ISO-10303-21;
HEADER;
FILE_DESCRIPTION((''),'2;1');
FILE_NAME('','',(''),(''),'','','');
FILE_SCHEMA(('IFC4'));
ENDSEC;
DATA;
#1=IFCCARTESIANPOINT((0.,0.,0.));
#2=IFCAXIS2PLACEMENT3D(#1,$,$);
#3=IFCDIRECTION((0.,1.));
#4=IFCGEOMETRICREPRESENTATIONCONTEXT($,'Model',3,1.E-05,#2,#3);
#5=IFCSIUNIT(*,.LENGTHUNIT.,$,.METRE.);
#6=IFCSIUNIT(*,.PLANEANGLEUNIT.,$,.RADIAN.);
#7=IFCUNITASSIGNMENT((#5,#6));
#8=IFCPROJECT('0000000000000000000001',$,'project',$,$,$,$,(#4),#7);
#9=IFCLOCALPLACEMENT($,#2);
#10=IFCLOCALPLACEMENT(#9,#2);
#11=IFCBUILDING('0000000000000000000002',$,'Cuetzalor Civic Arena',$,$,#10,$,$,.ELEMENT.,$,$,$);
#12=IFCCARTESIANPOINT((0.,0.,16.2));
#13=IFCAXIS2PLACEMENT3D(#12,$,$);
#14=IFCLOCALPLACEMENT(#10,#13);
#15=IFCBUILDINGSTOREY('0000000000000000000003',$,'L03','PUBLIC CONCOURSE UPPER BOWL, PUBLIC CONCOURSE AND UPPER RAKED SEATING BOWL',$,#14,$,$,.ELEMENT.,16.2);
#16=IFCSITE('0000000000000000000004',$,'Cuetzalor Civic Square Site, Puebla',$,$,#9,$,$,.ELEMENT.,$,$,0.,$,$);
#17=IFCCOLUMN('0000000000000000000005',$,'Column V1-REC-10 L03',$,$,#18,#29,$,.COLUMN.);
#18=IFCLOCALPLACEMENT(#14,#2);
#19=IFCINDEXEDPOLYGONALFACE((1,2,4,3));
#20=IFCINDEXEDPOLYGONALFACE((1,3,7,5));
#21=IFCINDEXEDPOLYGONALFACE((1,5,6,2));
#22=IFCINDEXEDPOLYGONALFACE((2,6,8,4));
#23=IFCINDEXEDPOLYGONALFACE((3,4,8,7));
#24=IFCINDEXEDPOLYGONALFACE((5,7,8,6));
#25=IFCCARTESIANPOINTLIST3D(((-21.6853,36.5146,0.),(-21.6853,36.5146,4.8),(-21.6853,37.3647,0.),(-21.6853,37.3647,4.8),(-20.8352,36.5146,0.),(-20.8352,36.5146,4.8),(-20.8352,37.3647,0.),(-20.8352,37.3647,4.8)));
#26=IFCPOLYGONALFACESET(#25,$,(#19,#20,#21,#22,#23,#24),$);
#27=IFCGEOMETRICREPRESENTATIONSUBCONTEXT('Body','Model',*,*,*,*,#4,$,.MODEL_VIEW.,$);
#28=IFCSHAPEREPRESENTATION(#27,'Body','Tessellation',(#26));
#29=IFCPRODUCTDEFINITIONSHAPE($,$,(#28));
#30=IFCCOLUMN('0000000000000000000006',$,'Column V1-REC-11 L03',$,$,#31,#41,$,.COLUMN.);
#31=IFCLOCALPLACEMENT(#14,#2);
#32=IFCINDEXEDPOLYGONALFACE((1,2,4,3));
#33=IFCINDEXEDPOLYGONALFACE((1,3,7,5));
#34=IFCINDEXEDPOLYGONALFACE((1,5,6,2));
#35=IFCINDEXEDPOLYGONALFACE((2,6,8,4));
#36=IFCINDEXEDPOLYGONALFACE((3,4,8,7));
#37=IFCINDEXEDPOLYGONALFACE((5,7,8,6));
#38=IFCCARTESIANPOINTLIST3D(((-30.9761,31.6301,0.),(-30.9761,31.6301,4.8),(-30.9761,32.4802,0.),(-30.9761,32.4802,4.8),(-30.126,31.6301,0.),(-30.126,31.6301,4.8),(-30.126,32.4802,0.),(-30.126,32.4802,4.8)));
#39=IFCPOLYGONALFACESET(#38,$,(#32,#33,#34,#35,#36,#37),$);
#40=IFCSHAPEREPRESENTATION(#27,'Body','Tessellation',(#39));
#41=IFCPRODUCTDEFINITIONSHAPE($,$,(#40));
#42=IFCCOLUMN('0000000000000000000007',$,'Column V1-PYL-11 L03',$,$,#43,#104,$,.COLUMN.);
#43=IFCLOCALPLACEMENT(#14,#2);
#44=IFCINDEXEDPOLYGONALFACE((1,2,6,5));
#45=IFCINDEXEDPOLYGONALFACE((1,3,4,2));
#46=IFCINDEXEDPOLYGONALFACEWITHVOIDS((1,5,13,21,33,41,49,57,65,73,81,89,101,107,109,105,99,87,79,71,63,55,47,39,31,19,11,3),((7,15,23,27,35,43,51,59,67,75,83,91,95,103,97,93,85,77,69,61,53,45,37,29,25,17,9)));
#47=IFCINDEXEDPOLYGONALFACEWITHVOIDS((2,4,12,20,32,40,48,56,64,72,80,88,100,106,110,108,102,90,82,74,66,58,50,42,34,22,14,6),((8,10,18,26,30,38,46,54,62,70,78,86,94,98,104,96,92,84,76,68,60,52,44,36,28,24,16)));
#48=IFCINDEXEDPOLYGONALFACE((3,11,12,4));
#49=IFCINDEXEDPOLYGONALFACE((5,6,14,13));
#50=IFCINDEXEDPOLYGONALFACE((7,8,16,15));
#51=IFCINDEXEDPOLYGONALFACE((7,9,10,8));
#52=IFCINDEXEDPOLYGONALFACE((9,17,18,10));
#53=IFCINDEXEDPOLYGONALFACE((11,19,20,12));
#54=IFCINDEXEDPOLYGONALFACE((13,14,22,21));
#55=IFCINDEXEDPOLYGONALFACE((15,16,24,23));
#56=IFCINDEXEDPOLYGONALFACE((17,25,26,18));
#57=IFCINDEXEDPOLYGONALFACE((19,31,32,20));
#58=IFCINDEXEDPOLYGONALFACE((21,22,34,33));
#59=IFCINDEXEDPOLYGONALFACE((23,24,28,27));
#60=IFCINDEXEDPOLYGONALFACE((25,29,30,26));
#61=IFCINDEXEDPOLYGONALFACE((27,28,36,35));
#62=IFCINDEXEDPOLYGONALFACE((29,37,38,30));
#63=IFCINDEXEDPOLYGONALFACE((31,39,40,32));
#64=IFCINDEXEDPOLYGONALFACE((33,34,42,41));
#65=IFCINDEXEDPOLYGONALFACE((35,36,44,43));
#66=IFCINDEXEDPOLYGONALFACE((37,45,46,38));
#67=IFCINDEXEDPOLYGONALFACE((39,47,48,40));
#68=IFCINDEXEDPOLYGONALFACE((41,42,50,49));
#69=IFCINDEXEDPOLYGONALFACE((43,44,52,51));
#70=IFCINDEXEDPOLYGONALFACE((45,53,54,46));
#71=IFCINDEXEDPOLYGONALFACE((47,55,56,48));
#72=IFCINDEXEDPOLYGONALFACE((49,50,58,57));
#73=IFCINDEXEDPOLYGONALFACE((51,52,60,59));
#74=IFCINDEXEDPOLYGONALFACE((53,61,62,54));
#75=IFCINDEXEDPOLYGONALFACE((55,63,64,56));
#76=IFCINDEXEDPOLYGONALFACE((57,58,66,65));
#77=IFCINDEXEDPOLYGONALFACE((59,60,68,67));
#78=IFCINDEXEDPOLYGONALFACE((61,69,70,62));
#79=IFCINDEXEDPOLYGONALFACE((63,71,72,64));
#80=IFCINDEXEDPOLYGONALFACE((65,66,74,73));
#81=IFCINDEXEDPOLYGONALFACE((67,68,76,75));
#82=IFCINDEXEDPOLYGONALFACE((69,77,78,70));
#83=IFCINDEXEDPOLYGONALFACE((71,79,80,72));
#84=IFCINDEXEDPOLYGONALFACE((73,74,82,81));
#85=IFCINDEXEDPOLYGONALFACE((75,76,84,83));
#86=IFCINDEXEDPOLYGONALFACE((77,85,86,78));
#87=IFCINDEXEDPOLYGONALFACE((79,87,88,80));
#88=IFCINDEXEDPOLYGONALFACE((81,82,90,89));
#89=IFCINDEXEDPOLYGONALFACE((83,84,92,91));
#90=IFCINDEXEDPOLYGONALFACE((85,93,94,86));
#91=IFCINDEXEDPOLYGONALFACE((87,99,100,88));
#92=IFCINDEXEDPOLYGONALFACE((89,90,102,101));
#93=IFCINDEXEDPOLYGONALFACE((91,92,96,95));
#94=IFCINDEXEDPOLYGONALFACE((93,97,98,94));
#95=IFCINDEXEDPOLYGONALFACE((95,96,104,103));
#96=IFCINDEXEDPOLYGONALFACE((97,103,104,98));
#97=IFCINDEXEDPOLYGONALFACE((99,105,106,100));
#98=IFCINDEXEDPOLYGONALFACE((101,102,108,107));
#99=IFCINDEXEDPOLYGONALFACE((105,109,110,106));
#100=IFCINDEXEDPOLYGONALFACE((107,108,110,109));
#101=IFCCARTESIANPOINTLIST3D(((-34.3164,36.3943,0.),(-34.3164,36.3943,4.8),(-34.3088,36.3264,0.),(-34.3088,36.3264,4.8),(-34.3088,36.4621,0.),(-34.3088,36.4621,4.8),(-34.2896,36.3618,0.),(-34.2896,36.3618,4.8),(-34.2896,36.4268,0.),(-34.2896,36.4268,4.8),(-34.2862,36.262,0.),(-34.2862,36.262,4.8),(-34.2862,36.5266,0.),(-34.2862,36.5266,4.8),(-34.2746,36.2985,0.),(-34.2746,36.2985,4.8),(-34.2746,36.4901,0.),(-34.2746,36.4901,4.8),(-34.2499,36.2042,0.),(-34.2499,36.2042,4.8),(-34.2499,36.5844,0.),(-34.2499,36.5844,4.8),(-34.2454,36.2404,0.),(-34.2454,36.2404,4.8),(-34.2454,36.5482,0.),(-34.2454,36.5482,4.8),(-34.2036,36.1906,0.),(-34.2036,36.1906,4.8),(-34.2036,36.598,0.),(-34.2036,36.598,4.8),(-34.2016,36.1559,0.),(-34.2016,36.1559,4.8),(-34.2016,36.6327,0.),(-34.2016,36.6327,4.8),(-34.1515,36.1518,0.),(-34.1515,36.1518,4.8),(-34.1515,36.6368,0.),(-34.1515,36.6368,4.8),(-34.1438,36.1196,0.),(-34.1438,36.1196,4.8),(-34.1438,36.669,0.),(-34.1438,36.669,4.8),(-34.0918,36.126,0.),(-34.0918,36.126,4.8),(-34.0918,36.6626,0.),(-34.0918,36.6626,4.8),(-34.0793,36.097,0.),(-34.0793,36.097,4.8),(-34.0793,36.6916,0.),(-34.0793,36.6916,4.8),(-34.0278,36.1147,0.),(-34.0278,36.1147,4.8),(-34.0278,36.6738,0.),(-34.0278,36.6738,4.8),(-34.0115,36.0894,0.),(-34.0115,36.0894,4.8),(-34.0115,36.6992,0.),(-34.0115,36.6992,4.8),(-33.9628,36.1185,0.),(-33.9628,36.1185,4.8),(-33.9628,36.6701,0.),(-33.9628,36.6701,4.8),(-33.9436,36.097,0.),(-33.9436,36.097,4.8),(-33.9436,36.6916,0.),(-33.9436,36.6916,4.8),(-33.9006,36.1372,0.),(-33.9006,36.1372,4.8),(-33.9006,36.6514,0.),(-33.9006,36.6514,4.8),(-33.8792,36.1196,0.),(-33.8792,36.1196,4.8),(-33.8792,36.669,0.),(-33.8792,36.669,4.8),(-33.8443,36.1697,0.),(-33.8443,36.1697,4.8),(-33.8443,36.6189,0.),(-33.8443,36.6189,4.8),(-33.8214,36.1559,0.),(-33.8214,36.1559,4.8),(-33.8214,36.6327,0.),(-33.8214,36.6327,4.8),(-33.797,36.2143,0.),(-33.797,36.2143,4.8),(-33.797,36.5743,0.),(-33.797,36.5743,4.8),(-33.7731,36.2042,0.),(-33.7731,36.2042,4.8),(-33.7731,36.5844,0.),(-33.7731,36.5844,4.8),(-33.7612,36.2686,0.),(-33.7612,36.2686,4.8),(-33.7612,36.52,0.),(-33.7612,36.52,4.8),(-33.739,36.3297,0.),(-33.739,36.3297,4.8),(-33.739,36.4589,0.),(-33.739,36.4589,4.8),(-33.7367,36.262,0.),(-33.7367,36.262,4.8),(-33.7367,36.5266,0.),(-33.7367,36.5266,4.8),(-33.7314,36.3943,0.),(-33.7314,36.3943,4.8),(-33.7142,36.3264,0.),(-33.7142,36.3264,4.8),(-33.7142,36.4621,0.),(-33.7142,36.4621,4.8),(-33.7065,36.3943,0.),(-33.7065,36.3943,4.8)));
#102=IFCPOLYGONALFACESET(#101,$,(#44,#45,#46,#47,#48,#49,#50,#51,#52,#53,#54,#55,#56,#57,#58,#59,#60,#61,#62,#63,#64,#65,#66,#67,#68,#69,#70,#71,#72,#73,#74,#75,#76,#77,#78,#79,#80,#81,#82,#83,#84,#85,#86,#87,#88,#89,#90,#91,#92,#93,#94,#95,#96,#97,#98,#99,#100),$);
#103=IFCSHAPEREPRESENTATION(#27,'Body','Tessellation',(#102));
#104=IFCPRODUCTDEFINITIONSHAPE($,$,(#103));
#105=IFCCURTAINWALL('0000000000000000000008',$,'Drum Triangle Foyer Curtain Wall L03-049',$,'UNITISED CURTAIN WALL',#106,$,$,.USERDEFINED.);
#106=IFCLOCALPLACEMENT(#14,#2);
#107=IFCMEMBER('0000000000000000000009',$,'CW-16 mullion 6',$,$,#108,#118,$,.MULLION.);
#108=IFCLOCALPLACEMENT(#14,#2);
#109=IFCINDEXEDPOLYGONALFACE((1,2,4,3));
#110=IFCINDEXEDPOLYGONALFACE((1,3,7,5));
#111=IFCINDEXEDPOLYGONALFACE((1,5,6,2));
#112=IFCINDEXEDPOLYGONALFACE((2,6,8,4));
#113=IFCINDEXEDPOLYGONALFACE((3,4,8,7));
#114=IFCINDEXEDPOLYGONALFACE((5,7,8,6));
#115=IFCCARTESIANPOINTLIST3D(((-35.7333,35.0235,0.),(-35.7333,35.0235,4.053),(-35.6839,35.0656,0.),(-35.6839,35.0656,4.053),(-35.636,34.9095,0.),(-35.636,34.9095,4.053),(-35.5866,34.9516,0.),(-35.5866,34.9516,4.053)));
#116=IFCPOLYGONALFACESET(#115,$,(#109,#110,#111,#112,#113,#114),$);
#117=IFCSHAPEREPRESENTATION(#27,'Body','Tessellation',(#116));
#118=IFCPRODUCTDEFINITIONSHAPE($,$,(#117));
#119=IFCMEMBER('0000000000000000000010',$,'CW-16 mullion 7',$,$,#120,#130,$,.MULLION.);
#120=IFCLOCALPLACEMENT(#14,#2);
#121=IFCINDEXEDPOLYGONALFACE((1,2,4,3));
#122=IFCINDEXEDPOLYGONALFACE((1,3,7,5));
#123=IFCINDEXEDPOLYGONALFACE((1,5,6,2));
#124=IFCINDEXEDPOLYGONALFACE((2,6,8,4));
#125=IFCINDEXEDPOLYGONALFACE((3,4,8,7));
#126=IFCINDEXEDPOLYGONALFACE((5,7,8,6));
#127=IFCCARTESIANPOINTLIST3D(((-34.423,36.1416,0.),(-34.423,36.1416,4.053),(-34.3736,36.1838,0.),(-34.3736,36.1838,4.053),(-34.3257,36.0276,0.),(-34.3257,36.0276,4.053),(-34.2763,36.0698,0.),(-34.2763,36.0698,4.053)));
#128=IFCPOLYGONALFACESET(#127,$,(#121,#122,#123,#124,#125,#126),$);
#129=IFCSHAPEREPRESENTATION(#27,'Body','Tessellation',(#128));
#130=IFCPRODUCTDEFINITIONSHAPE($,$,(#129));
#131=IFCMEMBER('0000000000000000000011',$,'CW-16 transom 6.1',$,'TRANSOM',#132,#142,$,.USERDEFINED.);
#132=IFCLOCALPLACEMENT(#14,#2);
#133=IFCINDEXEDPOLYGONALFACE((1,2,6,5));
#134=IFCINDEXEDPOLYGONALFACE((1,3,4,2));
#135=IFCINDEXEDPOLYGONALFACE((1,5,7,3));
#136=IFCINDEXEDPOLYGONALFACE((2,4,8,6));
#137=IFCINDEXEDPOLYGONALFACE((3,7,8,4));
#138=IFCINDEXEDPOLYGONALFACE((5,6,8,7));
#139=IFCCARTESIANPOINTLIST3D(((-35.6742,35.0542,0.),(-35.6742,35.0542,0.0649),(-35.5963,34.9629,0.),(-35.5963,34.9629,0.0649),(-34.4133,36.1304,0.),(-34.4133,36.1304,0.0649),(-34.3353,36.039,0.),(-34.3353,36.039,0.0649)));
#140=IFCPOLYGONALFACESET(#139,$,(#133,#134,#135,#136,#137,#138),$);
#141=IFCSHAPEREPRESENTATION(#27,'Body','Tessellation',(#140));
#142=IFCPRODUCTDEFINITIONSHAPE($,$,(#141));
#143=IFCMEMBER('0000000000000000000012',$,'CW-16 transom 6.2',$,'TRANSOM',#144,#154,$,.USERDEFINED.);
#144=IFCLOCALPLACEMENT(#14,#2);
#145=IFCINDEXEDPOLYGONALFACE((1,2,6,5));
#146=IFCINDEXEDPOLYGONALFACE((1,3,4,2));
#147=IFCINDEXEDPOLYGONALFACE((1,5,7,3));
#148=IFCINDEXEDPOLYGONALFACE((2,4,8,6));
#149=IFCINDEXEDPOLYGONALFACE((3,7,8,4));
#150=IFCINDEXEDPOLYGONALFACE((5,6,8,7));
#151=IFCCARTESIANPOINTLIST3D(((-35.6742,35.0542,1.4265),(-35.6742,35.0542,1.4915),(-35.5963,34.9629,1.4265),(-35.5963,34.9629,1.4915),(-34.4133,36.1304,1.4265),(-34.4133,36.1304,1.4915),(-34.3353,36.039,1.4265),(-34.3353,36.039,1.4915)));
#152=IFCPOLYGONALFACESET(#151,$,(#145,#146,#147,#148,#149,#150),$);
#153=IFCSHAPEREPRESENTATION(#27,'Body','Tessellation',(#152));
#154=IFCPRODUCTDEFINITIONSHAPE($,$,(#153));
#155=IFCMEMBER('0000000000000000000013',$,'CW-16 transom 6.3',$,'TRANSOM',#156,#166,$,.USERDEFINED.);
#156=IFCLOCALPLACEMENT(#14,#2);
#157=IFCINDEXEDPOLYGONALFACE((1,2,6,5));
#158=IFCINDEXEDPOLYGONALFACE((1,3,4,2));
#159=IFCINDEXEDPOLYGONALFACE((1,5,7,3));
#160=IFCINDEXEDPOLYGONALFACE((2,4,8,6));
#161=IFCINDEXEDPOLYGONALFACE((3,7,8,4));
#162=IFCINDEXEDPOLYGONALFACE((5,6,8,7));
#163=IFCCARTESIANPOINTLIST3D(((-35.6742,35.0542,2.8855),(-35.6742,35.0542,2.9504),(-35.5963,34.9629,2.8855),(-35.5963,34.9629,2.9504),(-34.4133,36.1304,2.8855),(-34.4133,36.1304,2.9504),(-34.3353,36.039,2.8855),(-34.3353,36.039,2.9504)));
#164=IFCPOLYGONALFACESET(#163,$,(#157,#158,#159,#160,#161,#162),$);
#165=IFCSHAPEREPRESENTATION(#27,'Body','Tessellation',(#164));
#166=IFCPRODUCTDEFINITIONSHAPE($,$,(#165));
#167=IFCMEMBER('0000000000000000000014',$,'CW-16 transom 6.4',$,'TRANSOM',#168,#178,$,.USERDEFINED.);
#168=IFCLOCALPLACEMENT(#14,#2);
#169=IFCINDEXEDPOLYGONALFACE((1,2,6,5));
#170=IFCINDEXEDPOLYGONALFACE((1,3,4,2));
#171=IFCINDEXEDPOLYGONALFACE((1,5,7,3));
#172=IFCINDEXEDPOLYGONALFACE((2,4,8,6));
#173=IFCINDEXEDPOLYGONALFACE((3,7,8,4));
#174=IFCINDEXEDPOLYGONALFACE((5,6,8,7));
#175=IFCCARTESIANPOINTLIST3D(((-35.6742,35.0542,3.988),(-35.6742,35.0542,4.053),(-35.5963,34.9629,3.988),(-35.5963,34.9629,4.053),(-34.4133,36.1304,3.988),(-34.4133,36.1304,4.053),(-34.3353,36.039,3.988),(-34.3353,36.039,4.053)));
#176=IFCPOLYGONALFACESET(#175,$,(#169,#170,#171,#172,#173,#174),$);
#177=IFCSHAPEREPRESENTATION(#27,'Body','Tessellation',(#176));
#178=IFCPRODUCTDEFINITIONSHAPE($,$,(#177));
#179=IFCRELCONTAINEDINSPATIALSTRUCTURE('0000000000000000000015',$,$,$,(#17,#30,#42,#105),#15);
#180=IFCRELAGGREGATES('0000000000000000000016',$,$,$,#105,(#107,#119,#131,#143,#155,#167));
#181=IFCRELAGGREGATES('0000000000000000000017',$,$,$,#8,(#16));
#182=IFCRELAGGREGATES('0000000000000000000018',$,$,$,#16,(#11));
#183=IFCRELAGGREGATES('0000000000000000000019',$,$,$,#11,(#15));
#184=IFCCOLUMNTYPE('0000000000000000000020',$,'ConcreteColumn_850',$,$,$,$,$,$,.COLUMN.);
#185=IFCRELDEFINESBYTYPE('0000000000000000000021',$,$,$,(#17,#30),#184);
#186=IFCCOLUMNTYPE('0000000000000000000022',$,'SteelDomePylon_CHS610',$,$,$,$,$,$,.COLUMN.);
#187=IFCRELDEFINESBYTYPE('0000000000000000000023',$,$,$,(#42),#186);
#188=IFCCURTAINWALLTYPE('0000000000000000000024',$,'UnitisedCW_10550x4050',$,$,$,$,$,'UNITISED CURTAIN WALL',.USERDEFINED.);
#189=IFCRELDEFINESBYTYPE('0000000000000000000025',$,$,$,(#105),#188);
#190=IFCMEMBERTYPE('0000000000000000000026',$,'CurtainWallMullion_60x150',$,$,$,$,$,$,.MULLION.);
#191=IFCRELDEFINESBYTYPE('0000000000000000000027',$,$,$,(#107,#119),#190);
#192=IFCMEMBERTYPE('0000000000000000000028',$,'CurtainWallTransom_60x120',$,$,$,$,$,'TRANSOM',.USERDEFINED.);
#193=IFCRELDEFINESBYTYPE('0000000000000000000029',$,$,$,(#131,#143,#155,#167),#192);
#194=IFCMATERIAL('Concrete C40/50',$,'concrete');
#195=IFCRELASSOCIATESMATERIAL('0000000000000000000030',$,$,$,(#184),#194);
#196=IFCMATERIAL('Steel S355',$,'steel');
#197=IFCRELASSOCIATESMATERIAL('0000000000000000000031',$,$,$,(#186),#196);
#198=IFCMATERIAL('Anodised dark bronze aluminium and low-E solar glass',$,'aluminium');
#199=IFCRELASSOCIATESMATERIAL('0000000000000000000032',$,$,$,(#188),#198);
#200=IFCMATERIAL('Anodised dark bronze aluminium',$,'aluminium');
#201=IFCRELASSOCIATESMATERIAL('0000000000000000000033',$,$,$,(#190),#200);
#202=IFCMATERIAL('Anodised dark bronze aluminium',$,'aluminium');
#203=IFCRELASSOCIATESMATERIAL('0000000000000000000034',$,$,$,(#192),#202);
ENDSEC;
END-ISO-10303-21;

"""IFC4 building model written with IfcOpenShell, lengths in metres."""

from ifc_helpers import new_model, si_unit, direction, frame, origin, origin_2d, place, context, subcontext, project, spatial, rectangle, hollow_circle, extrude, material, material_profile, profile_set, type_object, element, aggregate, save


model = new_model("IFC4")

# Units and contexts
model_context = context("Model", 3, precision=1e-05, world=origin(), true_north=direction((0.0, 1.0)))
body_context = subcontext(model_context, "Body", "Model", "MODEL_VIEW")
ifc_project = project(units=[si_unit("LENGTHUNIT", "METRE"), si_unit("PLANEANGLEUNIT", "RADIAN")], contexts=[model_context])

# Site, building, storey
site_placement = place(None, origin())
site = spatial("IfcSite", under=ifc_project, at=site_placement, Name="Cuetzalor Civic Square Site, Puebla", CompositionType="ELEMENT", RefElevation=0.0)
building_placement = place(site_placement, origin())
building = spatial("IfcBuilding", under=site, at=building_placement, Name="Cuetzalor Civic Arena", CompositionType="ELEMENT")
storey_placement = place(building_placement, frame((0.0, 0.0, 16.2)))
storey = spatial("IfcBuildingStorey", under=building, at=storey_placement, Name="L03", Description="PUBLIC CONCOURSE UPPER BOWL, PUBLIC CONCOURSE AND UPPER RAKED SEATING BOWL", CompositionType="ELEMENT", Elevation=16.2)

# Columns
ifc_material_1 = material(Name="Concrete C40/50", Category="concrete")
ifc_material_profile_1 = material_profile(ifc_material_1, rectangle(XDim=0.8501, YDim=0.8501, at=origin_2d()), Name="RC 850x850")
ifc_profile_set_1 = profile_set([ifc_material_profile_1], Name="Concrete C40/50")
column_type_1 = type_object("IfcColumnType", Name="ConcreteColumn_850", PredefinedType="COLUMN", material=ifc_profile_set_1)
for number, where, z_axis, x_axis, name in (
    (1, (-21.2603, 36.9397, 0.0), (0.0, 0.0, 1.0), (1.0, 0.0, 0.0), "Column V1-REC-10 L03"),
    (2, (-30.551, 32.0552, 0.0), (0.0, 0.0, 1.0), (1.0, 0.0, 0.0), "Column V1-REC-11 L03"),
):
    element("IfcColumn", number, at=place(storey_placement, frame(where, z_axis=z_axis, x_axis=x_axis)), inside=storey, type_object=column_type_1, Name=name, PredefinedType="COLUMN", context=body_context, shape_type="SweptSolid", body=[
        extrude(rectangle(XDim=0.8501, YDim=0.8501, at=origin_2d()), origin(), (0.0, 0.0, 1.0), 4.8),
    ])
ifc_material_2 = material(Name="Steel S355", Category="steel")
ifc_material_profile_2 = material_profile(ifc_material_2, hollow_circle(Radius=0.3049, WallThickness=0.0249, at=origin_2d()), Name="CHS 610x25")
ifc_profile_set_2 = profile_set([ifc_material_profile_2], Name="Steel S355")
column_type_2 = type_object("IfcColumnType", Name="SteelDomePylon_CHS610", PredefinedType="COLUMN", material=ifc_profile_set_2)
column_placement = place(storey_placement, frame((-34.0115, 36.3943, 0.0), z_axis=(0.0, 0.0, 1.0), x_axis=(1.0, 0.0, 0.0)))
element("IfcColumn", 3, at=column_placement, inside=storey, type_object=column_type_2, Name="Column V1-PYL-11 L03", PredefinedType="COLUMN", context=body_context, shape_type="SweptSolid", body=[
    extrude(hollow_circle(Radius=0.3049, WallThickness=0.0249, at=origin_2d()), origin(), (0.0, 0.0, 1.0), 4.8),
])

# Curtain wall, members
ifc_material_3 = material(Name="Anodised dark bronze aluminium and low-E solar glass", Category="aluminium")
curtain_wall_type = type_object("IfcCurtainWallType", Name="UnitisedCW_10550x4050", ElementType="UNITISED CURTAIN WALL", PredefinedType="USERDEFINED", material=ifc_material_3)
curtain_wall_placement = place(storey_placement, origin())
curtain_wall = element("IfcCurtainWall", 4, at=curtain_wall_placement, inside=storey, type_object=curtain_wall_type, Name="Drum Triangle Foyer Curtain Wall L03-049", ObjectType="UNITISED CURTAIN WALL", PredefinedType="USERDEFINED")
ifc_material_4 = material(Name="Anodised dark bronze aluminium", Category="aluminium")
ifc_material_profile_3 = material_profile(ifc_material_4, rectangle(XDim=0.0649, YDim=0.1499, at=origin_2d()), Name="ALU MULLION 65x150")
ifc_profile_set_3 = profile_set([ifc_material_profile_3], Name="Anodised dark bronze aluminium")
member_type_1 = type_object("IfcMemberType", Name="CurtainWallMullion_60x150", PredefinedType="MULLION", material=ifc_profile_set_3)
member_1_placement = place(storey_placement, frame((-35.6599, 34.9875, 0.0), z_axis=(0.0, 0.0, 1.0), x_axis=(0.760677, 0.64913, 0.0)))
member_1 = element("IfcMember", 5, at=member_1_placement, type_object=member_type_1, Name="CW-16 mullion 6", PredefinedType="MULLION", context=body_context, shape_type="SweptSolid", body=[
    extrude(rectangle(XDim=0.0649, YDim=0.1499, at=origin_2d()), origin(), (0.0, 0.0, 1.0), 4.053),
])
member_2_placement = place(storey_placement, frame((-34.3496, 36.1057, 0.0), z_axis=(0.0, 0.0, 1.0), x_axis=(0.760677, 0.64913, 0.0)))
member_2 = element("IfcMember", 6, at=member_2_placement, type_object=member_type_1, Name="CW-16 mullion 7", PredefinedType="MULLION", context=body_context, shape_type="SweptSolid", body=[
    extrude(rectangle(XDim=0.0649, YDim=0.1499, at=origin_2d()), origin(), (0.0, 0.0, 1.0), 4.053),
])
ifc_material_5 = material(Name="Anodised dark bronze aluminium", Category="aluminium")
ifc_material_profile_4 = material_profile(ifc_material_5, rectangle(XDim=0.1201, YDim=0.0649, at=origin_2d()), Name="ALU TRANSOM 65x120")
ifc_profile_set_4 = profile_set([ifc_material_profile_4], Name="Anodised dark bronze aluminium")
member_type_2 = type_object("IfcMemberType", Name="CurtainWallTransom_60x120", ElementType="TRANSOM", PredefinedType="USERDEFINED", material=ifc_profile_set_4)
member_3_placement = place(storey_placement, frame((-35.6353, 35.0085, 0.0325), z_axis=(0.760648, 0.649165, 0.0), x_axis=(-0.649165, 0.760648, 0.0)))
member_3 = element("IfcMember", 7, at=member_3_placement, type_object=member_type_2, Name="CW-16 transom 6.1", ObjectType="TRANSOM", PredefinedType="USERDEFINED", context=body_context, shape_type="SweptSolid", body=[
    extrude(rectangle(XDim=0.1201, YDim=0.0649, at=origin_2d()), origin(), (0.0, 0.0, 1.0), 1.6577),
])
member_4_placement = place(storey_placement, frame((-35.6353, 35.0085, 1.459), z_axis=(0.760648, 0.649165, 0.0), x_axis=(-0.649165, 0.760648, 0.0)))
member_4 = element("IfcMember", 8, at=member_4_placement, type_object=member_type_2, Name="CW-16 transom 6.2", ObjectType="TRANSOM", PredefinedType="USERDEFINED", context=body_context, shape_type="SweptSolid", body=[
    extrude(rectangle(XDim=0.1201, YDim=0.0649, at=origin_2d()), origin(), (0.0, 0.0, 1.0), 1.6577),
])
member_5_placement = place(storey_placement, frame((-35.6353, 35.0085, 2.918), z_axis=(0.760648, 0.649165, 0.0), x_axis=(-0.649165, 0.760648, 0.0)))
member_5 = element("IfcMember", 9, at=member_5_placement, type_object=member_type_2, Name="CW-16 transom 6.3", ObjectType="TRANSOM", PredefinedType="USERDEFINED", context=body_context, shape_type="SweptSolid", body=[
    extrude(rectangle(XDim=0.1201, YDim=0.0649, at=origin_2d()), origin(), (0.0, 0.0, 1.0), 1.6577),
])
member_6_placement = place(storey_placement, frame((-35.6353, 35.0085, 4.0205), z_axis=(0.760648, 0.649165, 0.0), x_axis=(-0.649165, 0.760648, 0.0)))
member_6 = element("IfcMember", 10, at=member_6_placement, type_object=member_type_2, Name="CW-16 transom 6.4", ObjectType="TRANSOM", PredefinedType="USERDEFINED", context=body_context, shape_type="SweptSolid", body=[
    extrude(rectangle(XDim=0.1201, YDim=0.0649, at=origin_2d()), origin(), (0.0, 0.0, 1.0), 1.6577),
])

aggregate(curtain_wall, [member_1, member_2, member_3, member_4, member_5, member_6])

save(model, "model.ifc")
